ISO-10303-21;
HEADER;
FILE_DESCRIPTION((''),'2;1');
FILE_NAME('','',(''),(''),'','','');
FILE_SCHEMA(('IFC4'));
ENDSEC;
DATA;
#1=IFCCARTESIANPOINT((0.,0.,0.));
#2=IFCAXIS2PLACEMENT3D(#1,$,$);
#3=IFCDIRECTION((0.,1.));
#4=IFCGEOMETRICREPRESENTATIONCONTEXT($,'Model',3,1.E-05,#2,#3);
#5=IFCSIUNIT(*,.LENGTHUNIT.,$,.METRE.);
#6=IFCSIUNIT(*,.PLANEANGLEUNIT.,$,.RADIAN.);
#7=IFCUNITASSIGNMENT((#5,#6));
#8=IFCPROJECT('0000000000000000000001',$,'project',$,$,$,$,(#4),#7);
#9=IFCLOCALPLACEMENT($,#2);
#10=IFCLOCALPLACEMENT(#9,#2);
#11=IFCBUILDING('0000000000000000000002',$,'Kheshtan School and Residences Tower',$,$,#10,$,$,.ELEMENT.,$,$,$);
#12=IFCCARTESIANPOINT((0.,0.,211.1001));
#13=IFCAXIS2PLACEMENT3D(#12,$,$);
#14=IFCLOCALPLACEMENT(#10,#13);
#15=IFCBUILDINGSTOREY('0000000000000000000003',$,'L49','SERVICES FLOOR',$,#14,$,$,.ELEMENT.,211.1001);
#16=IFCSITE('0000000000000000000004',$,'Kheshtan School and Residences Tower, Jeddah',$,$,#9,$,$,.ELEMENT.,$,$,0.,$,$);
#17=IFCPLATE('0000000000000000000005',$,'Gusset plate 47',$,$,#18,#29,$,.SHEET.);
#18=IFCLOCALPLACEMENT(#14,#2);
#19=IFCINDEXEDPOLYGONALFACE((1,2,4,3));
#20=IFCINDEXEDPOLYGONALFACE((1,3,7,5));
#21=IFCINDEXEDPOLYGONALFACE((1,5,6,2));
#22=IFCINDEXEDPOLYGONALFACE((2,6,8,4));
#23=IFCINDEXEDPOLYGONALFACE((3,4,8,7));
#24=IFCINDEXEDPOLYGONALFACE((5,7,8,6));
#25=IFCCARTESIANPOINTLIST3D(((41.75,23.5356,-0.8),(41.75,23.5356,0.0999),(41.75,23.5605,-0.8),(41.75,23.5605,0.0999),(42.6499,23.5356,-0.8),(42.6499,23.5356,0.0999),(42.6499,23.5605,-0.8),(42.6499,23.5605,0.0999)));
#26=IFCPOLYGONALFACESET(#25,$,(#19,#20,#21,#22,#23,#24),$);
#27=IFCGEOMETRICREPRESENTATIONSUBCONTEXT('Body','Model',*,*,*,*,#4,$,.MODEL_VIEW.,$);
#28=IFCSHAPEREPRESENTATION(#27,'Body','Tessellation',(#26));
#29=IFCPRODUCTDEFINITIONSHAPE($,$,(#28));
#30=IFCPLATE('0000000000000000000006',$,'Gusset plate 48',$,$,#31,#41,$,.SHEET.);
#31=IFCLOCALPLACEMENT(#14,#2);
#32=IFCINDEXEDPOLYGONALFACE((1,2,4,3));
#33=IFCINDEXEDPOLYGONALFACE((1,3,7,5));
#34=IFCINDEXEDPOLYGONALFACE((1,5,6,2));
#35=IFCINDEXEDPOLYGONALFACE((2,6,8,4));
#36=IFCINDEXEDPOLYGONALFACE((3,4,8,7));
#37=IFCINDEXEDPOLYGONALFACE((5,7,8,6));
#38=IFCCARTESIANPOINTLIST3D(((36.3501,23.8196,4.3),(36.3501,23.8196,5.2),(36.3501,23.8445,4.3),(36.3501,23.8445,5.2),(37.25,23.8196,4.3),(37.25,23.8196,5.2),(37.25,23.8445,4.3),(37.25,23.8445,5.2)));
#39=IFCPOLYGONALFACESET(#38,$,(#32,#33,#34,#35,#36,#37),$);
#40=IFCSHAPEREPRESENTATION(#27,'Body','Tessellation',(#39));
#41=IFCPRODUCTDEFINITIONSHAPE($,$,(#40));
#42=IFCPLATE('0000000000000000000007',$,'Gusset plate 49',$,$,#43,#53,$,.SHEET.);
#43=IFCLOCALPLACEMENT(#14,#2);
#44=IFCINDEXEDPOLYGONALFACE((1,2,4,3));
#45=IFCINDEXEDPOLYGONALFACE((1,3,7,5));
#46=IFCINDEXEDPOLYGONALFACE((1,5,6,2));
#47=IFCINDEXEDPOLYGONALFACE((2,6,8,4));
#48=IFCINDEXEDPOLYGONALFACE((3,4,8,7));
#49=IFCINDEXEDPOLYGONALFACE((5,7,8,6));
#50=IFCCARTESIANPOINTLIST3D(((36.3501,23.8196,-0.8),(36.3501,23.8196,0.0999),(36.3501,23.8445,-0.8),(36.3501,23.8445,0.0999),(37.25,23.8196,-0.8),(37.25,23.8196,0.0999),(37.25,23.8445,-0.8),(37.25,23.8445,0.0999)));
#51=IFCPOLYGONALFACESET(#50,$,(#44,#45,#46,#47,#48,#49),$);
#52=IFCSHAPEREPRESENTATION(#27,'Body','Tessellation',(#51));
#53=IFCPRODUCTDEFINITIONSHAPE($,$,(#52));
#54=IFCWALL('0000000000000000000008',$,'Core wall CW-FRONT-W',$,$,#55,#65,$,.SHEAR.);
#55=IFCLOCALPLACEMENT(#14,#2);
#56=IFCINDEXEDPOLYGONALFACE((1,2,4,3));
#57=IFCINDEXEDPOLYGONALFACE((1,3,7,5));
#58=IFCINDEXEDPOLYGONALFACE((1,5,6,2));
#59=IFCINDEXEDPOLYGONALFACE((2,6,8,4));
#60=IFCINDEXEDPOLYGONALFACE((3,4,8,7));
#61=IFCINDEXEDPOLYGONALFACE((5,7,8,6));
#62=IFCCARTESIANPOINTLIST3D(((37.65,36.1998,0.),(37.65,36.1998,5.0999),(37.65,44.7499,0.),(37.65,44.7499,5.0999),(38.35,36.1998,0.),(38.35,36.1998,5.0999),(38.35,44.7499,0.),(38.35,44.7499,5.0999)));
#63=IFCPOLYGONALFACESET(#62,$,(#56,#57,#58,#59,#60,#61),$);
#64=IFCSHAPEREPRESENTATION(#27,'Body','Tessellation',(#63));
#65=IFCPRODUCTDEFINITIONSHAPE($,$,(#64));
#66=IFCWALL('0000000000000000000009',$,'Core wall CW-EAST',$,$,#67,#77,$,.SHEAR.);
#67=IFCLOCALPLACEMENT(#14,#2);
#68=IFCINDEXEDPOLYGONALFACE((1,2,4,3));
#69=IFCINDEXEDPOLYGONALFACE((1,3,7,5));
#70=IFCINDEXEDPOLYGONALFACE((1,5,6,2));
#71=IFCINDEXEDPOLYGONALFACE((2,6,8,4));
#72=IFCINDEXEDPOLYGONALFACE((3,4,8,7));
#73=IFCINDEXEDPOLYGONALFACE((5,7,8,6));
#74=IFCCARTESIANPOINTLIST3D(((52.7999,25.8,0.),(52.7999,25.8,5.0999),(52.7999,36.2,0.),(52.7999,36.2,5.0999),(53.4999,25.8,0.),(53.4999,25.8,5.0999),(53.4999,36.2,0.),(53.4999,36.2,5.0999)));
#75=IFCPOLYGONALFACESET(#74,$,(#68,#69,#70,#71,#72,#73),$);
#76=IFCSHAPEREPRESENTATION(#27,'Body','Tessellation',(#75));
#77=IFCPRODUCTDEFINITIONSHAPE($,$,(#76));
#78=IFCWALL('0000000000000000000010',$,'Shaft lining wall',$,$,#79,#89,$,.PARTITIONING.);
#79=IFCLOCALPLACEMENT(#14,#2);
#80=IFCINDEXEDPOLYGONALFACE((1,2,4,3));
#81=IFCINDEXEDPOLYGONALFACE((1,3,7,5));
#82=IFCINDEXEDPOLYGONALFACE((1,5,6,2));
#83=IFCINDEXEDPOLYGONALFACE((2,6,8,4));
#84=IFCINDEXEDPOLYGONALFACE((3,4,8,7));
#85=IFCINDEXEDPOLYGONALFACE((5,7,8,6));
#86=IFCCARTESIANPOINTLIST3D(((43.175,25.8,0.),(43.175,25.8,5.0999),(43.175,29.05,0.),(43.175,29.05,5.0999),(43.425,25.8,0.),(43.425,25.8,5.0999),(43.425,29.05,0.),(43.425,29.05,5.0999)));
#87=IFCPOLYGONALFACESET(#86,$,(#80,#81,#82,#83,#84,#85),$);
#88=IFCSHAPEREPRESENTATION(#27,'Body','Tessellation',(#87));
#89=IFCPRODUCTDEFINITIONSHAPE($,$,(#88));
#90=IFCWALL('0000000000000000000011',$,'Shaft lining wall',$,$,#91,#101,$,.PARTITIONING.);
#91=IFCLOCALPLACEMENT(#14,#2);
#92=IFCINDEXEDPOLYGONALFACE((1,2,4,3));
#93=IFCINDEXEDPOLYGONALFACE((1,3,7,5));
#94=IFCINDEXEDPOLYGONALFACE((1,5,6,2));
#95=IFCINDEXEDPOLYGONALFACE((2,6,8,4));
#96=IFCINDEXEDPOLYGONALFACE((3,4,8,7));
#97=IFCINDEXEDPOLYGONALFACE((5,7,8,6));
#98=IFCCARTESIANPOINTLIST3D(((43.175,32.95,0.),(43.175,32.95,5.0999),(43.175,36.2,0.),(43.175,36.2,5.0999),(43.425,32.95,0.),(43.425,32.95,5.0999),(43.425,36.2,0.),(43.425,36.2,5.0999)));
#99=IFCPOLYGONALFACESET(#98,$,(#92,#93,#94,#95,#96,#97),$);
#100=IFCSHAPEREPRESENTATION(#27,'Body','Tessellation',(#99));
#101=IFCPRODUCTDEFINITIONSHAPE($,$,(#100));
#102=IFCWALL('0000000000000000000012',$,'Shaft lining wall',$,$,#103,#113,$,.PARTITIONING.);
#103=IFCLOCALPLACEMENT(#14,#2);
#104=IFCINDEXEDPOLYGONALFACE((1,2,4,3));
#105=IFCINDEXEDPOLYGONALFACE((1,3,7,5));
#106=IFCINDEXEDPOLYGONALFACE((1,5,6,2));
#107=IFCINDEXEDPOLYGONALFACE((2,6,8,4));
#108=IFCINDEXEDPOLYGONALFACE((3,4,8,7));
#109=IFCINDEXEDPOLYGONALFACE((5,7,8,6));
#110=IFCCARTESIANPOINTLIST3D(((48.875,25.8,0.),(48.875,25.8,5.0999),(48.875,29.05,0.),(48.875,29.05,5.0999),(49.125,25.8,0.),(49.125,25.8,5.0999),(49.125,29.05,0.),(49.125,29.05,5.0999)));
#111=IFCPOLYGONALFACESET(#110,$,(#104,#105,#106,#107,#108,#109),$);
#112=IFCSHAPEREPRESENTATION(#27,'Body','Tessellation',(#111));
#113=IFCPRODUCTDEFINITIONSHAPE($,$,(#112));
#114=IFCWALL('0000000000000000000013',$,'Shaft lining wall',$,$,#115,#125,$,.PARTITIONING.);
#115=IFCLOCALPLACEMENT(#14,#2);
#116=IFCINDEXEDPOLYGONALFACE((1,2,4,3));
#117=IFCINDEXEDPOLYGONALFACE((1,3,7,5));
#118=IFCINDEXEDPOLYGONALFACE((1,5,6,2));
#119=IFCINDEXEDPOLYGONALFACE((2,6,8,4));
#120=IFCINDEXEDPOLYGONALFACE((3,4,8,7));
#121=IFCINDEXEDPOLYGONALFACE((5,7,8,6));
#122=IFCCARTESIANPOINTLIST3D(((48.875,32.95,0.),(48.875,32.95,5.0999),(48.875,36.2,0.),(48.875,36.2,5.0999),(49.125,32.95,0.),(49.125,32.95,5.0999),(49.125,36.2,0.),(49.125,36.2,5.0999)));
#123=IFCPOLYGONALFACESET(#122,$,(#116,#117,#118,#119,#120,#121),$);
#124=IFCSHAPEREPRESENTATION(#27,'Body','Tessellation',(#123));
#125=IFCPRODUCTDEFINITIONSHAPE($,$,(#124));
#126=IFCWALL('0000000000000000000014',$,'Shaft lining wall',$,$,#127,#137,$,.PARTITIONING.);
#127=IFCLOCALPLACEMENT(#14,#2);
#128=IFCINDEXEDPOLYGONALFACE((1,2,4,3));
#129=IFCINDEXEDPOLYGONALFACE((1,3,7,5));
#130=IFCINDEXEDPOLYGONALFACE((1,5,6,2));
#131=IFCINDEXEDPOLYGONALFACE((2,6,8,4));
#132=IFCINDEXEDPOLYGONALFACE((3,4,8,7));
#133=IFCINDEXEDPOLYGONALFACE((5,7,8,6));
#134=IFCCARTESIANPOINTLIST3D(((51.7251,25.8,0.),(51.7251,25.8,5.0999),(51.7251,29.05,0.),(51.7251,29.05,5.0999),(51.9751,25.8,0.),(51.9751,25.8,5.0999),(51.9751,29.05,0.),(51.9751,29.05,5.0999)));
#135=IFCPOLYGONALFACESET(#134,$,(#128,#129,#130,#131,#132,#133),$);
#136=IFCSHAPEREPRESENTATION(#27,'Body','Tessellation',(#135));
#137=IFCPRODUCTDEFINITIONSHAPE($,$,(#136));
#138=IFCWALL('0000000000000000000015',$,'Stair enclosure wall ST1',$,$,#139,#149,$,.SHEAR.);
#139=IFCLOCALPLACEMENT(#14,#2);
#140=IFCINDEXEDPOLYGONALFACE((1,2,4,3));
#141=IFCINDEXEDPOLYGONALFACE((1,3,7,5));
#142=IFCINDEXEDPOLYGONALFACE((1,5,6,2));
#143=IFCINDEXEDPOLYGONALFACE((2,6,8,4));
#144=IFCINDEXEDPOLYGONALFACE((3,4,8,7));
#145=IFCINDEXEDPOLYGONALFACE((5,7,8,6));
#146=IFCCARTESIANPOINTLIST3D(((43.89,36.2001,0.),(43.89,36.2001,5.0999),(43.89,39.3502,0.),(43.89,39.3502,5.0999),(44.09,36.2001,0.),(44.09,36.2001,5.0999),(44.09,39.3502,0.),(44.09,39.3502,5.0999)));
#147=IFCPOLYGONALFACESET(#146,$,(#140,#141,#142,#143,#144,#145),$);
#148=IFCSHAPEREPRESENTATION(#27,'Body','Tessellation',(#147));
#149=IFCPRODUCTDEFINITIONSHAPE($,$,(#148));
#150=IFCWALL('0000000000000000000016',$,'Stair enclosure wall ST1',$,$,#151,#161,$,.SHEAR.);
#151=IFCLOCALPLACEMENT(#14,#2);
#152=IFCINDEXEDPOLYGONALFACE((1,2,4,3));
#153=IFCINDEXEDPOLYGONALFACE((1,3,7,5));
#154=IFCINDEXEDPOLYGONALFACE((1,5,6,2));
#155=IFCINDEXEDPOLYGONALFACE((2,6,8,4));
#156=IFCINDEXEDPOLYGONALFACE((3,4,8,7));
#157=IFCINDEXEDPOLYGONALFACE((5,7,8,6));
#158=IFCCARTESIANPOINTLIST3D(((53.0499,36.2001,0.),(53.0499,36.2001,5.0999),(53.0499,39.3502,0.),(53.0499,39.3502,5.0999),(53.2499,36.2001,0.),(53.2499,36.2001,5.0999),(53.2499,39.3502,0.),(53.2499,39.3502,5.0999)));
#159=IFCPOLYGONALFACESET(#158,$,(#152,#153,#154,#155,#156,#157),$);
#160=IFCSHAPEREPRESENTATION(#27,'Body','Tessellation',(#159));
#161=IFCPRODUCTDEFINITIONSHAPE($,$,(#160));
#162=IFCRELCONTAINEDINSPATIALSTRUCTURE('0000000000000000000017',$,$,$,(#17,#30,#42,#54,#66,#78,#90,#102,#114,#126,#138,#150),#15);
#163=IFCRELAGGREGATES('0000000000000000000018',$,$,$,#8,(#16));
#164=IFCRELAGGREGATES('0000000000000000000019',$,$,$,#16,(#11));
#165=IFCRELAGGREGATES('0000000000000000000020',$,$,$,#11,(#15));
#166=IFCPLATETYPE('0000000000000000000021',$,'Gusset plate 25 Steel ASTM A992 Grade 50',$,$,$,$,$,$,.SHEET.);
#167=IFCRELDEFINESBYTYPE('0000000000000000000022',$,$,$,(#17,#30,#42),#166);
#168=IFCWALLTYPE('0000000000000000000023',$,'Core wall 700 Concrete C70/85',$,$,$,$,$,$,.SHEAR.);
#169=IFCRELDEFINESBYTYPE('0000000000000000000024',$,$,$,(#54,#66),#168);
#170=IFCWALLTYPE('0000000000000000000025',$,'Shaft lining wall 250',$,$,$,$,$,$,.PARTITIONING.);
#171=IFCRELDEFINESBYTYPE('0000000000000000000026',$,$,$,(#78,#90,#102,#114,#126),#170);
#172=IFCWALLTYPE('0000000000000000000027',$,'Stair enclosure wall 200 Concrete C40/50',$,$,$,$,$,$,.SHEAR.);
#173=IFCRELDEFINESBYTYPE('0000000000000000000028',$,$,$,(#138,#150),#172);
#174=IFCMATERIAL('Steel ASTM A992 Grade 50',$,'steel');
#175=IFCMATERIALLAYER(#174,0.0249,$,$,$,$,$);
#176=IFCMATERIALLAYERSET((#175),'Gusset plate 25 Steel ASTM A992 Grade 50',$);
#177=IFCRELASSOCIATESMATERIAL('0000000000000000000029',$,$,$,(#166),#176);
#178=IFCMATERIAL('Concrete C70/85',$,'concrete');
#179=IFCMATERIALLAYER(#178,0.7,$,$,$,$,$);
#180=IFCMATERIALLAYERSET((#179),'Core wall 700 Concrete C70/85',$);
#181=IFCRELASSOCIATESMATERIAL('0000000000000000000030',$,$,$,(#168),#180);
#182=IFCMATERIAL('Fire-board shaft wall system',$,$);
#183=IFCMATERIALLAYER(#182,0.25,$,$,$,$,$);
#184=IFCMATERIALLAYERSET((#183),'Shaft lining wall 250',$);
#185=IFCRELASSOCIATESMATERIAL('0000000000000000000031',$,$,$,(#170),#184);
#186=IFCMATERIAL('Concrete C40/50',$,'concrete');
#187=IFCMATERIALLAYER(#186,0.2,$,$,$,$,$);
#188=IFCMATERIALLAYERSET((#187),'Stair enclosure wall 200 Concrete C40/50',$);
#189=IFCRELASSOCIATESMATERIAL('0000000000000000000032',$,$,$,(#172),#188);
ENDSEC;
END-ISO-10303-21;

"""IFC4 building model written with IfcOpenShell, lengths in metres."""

from ifc_helpers import new_model, si_unit, direction, frame, frame_2d, origin, origin_2d, place, context, subcontext, project, spatial, rectangle, extrude, material, layer, layer_set, type_object, element, save


model = new_model("IFC4")

# Units and contexts
model_context = context("Model", 3, precision=1e-05, world=origin(), true_north=direction((0.0, 1.0)))
body_context = subcontext(model_context, "Body", "Model", "MODEL_VIEW")
ifc_project = project(units=[si_unit("LENGTHUNIT", "METRE"), si_unit("PLANEANGLEUNIT", "RADIAN")], contexts=[model_context])

# Site, building, storey
site_placement = place(None, origin())
site = spatial("IfcSite", under=ifc_project, at=site_placement, Name="Kheshtan School and Residences Tower, Jeddah", CompositionType="ELEMENT", RefElevation=0.0)
building_placement = place(site_placement, origin())
building = spatial("IfcBuilding", under=site, at=building_placement, Name="Kheshtan School and Residences Tower", CompositionType="ELEMENT")
storey_placement = place(building_placement, frame((0.0, 0.0, 211.1001)))
storey = spatial("IfcBuildingStorey", under=building, at=storey_placement, Name="L49", Description="SERVICES FLOOR", CompositionType="ELEMENT", Elevation=211.1001)

# Shared definitions
ifc_material_1 = material(Name="Steel ASTM A992 Grade 50", Category="steel")

# Plates
ifc_layer_1 = layer(ifc_material_1, 0.0249)
ifc_layer_set_1 = layer_set([ifc_layer_1], Name="Gusset plate 25 Steel ASTM A992 Grade 50")
plate_type = type_object("IfcPlateType", Name="Gusset plate 25 Steel ASTM A992 Grade 50", PredefinedType="SHEET", material=ifc_layer_set_1)
for number, where, z_axis, x_axis, name in (
    (1, (42.2, 23.5481, -0.8), (0.0, 0.0, 1.0), (1.0, 0.0, 0.0), "Gusset plate 47"),
    (2, (36.8, 23.832, 4.3), (0.0, 0.0, 1.0), (1.0, 0.0, 0.0), "Gusset plate 48"),
    (3, (36.8, 23.832, -0.8), (0.0, 0.0, 1.0), (1.0, 0.0, 0.0), "Gusset plate 49"),
):
    element("IfcPlate", number, at=place(storey_placement, frame(where, z_axis=z_axis, x_axis=x_axis)), inside=storey, type_object=plate_type, Name=name, PredefinedType="SHEET", context=body_context, shape_type="SweptSolid", body=[
        extrude(rectangle(XDim=0.8999, YDim=0.0249, at=origin_2d()), origin(), (0.0, 0.0, 1.0), 0.8999),
    ])

# Walls
ifc_material_2 = material(Name="Concrete C70/85", Category="concrete")
ifc_layer_2 = layer(ifc_material_2, 0.7)
ifc_layer_set_2 = layer_set([ifc_layer_2], Name="Core wall 700 Concrete C70/85")
wall_type_1 = type_object("IfcWallType", Name="Core wall 700 Concrete C70/85", PredefinedType="SHEAR", material=ifc_layer_set_2)
wall_1_placement = place(storey_placement, frame((38.0, 36.2, 0.0), z_axis=(0.0, 0.0, 1.0), x_axis=(0.0, 1.0, 0.0)))
element("IfcWall", 4, at=wall_1_placement, inside=storey, type_object=wall_type_1, Name="Core wall CW-FRONT-W", PredefinedType="SHEAR", context=body_context, shape_type="SweptSolid", body=[
    extrude(rectangle(XDim=8.55, YDim=0.7, at=frame_2d((4.2749, 0.0))), origin(), (0.0, 0.0, 1.0), 5.0999),
])
wall_2_placement = place(storey_placement, frame((53.1499, 25.8, 0.0), z_axis=(0.0, 0.0, 1.0), x_axis=(0.0, 1.0, 0.0)))
element("IfcWall", 5, at=wall_2_placement, inside=storey, type_object=wall_type_1, Name="Core wall CW-EAST", PredefinedType="SHEAR", context=body_context, shape_type="SweptSolid", body=[
    extrude(rectangle(XDim=10.3999, YDim=0.7, at=frame_2d((5.2, 0.0))), origin(), (0.0, 0.0, 1.0), 5.0999),
])
ifc_material_3 = material(Name="Fire-board shaft wall system")
ifc_layer_3 = layer(ifc_material_3, 0.25)
ifc_layer_set_3 = layer_set([ifc_layer_3], Name="Shaft lining wall 250")
wall_type_2 = type_object("IfcWallType", Name="Shaft lining wall 250", PredefinedType="PARTITIONING", material=ifc_layer_set_3)
for number, where, z_axis, x_axis, name in (
    (6, (43.3, 25.8, 0.0), (0.0, 0.0, 1.0), (0.0, 1.0, 0.0), "Shaft lining wall"),
    (7, (43.3, 32.95, 0.0), (0.0, 0.0, 1.0), (0.0, 1.0, 0.0), "Shaft lining wall"),
    (8, (49.0, 25.8, 0.0), (0.0, 0.0, 1.0), (0.0, 1.0, 0.0), "Shaft lining wall"),
    (9, (49.0, 32.95, 0.0), (0.0, 0.0, 1.0), (0.0, 1.0, 0.0), "Shaft lining wall"),
    (10, (51.8501, 25.8, 0.0), (0.0, 0.0, 1.0), (0.0, 1.0, 0.0), "Shaft lining wall"),
):
    element("IfcWall", number, at=place(storey_placement, frame(where, z_axis=z_axis, x_axis=x_axis)), inside=storey, type_object=wall_type_2, Name=name, PredefinedType="PARTITIONING", context=body_context, shape_type="SweptSolid", body=[
        extrude(rectangle(XDim=3.25, YDim=0.25, at=frame_2d((1.625, 0.0))), origin(), (0.0, 0.0, 1.0), 5.0999),
    ])
ifc_material_4 = material(Name="Concrete C40/50", Category="concrete")
ifc_layer_4 = layer(ifc_material_4, 0.2)
ifc_layer_set_4 = layer_set([ifc_layer_4], Name="Stair enclosure wall 200 Concrete C40/50")
wall_type_3 = type_object("IfcWallType", Name="Stair enclosure wall 200 Concrete C40/50", PredefinedType="SHEAR", material=ifc_layer_set_4)
for number, where, z_axis, x_axis, name in (
    (11, (43.99, 36.2, 0.0), (0.0, 0.0, 1.0), (0.0, 1.0, 0.0), "Stair enclosure wall ST1"),
    (12, (53.1499, 36.2, 0.0), (0.0, 0.0, 1.0), (0.0, 1.0, 0.0), "Stair enclosure wall ST1"),
):
    element("IfcWall", number, at=place(storey_placement, frame(where, z_axis=z_axis, x_axis=x_axis)), inside=storey, type_object=wall_type_3, Name=name, PredefinedType="SHEAR", context=body_context, shape_type="SweptSolid", body=[
        extrude(rectangle(XDim=3.1501, YDim=0.2, at=frame_2d((1.5752, 0.0))), origin(), (0.0, 0.0, 1.0), 5.0999),
    ])

save(model, "model.ifc")
